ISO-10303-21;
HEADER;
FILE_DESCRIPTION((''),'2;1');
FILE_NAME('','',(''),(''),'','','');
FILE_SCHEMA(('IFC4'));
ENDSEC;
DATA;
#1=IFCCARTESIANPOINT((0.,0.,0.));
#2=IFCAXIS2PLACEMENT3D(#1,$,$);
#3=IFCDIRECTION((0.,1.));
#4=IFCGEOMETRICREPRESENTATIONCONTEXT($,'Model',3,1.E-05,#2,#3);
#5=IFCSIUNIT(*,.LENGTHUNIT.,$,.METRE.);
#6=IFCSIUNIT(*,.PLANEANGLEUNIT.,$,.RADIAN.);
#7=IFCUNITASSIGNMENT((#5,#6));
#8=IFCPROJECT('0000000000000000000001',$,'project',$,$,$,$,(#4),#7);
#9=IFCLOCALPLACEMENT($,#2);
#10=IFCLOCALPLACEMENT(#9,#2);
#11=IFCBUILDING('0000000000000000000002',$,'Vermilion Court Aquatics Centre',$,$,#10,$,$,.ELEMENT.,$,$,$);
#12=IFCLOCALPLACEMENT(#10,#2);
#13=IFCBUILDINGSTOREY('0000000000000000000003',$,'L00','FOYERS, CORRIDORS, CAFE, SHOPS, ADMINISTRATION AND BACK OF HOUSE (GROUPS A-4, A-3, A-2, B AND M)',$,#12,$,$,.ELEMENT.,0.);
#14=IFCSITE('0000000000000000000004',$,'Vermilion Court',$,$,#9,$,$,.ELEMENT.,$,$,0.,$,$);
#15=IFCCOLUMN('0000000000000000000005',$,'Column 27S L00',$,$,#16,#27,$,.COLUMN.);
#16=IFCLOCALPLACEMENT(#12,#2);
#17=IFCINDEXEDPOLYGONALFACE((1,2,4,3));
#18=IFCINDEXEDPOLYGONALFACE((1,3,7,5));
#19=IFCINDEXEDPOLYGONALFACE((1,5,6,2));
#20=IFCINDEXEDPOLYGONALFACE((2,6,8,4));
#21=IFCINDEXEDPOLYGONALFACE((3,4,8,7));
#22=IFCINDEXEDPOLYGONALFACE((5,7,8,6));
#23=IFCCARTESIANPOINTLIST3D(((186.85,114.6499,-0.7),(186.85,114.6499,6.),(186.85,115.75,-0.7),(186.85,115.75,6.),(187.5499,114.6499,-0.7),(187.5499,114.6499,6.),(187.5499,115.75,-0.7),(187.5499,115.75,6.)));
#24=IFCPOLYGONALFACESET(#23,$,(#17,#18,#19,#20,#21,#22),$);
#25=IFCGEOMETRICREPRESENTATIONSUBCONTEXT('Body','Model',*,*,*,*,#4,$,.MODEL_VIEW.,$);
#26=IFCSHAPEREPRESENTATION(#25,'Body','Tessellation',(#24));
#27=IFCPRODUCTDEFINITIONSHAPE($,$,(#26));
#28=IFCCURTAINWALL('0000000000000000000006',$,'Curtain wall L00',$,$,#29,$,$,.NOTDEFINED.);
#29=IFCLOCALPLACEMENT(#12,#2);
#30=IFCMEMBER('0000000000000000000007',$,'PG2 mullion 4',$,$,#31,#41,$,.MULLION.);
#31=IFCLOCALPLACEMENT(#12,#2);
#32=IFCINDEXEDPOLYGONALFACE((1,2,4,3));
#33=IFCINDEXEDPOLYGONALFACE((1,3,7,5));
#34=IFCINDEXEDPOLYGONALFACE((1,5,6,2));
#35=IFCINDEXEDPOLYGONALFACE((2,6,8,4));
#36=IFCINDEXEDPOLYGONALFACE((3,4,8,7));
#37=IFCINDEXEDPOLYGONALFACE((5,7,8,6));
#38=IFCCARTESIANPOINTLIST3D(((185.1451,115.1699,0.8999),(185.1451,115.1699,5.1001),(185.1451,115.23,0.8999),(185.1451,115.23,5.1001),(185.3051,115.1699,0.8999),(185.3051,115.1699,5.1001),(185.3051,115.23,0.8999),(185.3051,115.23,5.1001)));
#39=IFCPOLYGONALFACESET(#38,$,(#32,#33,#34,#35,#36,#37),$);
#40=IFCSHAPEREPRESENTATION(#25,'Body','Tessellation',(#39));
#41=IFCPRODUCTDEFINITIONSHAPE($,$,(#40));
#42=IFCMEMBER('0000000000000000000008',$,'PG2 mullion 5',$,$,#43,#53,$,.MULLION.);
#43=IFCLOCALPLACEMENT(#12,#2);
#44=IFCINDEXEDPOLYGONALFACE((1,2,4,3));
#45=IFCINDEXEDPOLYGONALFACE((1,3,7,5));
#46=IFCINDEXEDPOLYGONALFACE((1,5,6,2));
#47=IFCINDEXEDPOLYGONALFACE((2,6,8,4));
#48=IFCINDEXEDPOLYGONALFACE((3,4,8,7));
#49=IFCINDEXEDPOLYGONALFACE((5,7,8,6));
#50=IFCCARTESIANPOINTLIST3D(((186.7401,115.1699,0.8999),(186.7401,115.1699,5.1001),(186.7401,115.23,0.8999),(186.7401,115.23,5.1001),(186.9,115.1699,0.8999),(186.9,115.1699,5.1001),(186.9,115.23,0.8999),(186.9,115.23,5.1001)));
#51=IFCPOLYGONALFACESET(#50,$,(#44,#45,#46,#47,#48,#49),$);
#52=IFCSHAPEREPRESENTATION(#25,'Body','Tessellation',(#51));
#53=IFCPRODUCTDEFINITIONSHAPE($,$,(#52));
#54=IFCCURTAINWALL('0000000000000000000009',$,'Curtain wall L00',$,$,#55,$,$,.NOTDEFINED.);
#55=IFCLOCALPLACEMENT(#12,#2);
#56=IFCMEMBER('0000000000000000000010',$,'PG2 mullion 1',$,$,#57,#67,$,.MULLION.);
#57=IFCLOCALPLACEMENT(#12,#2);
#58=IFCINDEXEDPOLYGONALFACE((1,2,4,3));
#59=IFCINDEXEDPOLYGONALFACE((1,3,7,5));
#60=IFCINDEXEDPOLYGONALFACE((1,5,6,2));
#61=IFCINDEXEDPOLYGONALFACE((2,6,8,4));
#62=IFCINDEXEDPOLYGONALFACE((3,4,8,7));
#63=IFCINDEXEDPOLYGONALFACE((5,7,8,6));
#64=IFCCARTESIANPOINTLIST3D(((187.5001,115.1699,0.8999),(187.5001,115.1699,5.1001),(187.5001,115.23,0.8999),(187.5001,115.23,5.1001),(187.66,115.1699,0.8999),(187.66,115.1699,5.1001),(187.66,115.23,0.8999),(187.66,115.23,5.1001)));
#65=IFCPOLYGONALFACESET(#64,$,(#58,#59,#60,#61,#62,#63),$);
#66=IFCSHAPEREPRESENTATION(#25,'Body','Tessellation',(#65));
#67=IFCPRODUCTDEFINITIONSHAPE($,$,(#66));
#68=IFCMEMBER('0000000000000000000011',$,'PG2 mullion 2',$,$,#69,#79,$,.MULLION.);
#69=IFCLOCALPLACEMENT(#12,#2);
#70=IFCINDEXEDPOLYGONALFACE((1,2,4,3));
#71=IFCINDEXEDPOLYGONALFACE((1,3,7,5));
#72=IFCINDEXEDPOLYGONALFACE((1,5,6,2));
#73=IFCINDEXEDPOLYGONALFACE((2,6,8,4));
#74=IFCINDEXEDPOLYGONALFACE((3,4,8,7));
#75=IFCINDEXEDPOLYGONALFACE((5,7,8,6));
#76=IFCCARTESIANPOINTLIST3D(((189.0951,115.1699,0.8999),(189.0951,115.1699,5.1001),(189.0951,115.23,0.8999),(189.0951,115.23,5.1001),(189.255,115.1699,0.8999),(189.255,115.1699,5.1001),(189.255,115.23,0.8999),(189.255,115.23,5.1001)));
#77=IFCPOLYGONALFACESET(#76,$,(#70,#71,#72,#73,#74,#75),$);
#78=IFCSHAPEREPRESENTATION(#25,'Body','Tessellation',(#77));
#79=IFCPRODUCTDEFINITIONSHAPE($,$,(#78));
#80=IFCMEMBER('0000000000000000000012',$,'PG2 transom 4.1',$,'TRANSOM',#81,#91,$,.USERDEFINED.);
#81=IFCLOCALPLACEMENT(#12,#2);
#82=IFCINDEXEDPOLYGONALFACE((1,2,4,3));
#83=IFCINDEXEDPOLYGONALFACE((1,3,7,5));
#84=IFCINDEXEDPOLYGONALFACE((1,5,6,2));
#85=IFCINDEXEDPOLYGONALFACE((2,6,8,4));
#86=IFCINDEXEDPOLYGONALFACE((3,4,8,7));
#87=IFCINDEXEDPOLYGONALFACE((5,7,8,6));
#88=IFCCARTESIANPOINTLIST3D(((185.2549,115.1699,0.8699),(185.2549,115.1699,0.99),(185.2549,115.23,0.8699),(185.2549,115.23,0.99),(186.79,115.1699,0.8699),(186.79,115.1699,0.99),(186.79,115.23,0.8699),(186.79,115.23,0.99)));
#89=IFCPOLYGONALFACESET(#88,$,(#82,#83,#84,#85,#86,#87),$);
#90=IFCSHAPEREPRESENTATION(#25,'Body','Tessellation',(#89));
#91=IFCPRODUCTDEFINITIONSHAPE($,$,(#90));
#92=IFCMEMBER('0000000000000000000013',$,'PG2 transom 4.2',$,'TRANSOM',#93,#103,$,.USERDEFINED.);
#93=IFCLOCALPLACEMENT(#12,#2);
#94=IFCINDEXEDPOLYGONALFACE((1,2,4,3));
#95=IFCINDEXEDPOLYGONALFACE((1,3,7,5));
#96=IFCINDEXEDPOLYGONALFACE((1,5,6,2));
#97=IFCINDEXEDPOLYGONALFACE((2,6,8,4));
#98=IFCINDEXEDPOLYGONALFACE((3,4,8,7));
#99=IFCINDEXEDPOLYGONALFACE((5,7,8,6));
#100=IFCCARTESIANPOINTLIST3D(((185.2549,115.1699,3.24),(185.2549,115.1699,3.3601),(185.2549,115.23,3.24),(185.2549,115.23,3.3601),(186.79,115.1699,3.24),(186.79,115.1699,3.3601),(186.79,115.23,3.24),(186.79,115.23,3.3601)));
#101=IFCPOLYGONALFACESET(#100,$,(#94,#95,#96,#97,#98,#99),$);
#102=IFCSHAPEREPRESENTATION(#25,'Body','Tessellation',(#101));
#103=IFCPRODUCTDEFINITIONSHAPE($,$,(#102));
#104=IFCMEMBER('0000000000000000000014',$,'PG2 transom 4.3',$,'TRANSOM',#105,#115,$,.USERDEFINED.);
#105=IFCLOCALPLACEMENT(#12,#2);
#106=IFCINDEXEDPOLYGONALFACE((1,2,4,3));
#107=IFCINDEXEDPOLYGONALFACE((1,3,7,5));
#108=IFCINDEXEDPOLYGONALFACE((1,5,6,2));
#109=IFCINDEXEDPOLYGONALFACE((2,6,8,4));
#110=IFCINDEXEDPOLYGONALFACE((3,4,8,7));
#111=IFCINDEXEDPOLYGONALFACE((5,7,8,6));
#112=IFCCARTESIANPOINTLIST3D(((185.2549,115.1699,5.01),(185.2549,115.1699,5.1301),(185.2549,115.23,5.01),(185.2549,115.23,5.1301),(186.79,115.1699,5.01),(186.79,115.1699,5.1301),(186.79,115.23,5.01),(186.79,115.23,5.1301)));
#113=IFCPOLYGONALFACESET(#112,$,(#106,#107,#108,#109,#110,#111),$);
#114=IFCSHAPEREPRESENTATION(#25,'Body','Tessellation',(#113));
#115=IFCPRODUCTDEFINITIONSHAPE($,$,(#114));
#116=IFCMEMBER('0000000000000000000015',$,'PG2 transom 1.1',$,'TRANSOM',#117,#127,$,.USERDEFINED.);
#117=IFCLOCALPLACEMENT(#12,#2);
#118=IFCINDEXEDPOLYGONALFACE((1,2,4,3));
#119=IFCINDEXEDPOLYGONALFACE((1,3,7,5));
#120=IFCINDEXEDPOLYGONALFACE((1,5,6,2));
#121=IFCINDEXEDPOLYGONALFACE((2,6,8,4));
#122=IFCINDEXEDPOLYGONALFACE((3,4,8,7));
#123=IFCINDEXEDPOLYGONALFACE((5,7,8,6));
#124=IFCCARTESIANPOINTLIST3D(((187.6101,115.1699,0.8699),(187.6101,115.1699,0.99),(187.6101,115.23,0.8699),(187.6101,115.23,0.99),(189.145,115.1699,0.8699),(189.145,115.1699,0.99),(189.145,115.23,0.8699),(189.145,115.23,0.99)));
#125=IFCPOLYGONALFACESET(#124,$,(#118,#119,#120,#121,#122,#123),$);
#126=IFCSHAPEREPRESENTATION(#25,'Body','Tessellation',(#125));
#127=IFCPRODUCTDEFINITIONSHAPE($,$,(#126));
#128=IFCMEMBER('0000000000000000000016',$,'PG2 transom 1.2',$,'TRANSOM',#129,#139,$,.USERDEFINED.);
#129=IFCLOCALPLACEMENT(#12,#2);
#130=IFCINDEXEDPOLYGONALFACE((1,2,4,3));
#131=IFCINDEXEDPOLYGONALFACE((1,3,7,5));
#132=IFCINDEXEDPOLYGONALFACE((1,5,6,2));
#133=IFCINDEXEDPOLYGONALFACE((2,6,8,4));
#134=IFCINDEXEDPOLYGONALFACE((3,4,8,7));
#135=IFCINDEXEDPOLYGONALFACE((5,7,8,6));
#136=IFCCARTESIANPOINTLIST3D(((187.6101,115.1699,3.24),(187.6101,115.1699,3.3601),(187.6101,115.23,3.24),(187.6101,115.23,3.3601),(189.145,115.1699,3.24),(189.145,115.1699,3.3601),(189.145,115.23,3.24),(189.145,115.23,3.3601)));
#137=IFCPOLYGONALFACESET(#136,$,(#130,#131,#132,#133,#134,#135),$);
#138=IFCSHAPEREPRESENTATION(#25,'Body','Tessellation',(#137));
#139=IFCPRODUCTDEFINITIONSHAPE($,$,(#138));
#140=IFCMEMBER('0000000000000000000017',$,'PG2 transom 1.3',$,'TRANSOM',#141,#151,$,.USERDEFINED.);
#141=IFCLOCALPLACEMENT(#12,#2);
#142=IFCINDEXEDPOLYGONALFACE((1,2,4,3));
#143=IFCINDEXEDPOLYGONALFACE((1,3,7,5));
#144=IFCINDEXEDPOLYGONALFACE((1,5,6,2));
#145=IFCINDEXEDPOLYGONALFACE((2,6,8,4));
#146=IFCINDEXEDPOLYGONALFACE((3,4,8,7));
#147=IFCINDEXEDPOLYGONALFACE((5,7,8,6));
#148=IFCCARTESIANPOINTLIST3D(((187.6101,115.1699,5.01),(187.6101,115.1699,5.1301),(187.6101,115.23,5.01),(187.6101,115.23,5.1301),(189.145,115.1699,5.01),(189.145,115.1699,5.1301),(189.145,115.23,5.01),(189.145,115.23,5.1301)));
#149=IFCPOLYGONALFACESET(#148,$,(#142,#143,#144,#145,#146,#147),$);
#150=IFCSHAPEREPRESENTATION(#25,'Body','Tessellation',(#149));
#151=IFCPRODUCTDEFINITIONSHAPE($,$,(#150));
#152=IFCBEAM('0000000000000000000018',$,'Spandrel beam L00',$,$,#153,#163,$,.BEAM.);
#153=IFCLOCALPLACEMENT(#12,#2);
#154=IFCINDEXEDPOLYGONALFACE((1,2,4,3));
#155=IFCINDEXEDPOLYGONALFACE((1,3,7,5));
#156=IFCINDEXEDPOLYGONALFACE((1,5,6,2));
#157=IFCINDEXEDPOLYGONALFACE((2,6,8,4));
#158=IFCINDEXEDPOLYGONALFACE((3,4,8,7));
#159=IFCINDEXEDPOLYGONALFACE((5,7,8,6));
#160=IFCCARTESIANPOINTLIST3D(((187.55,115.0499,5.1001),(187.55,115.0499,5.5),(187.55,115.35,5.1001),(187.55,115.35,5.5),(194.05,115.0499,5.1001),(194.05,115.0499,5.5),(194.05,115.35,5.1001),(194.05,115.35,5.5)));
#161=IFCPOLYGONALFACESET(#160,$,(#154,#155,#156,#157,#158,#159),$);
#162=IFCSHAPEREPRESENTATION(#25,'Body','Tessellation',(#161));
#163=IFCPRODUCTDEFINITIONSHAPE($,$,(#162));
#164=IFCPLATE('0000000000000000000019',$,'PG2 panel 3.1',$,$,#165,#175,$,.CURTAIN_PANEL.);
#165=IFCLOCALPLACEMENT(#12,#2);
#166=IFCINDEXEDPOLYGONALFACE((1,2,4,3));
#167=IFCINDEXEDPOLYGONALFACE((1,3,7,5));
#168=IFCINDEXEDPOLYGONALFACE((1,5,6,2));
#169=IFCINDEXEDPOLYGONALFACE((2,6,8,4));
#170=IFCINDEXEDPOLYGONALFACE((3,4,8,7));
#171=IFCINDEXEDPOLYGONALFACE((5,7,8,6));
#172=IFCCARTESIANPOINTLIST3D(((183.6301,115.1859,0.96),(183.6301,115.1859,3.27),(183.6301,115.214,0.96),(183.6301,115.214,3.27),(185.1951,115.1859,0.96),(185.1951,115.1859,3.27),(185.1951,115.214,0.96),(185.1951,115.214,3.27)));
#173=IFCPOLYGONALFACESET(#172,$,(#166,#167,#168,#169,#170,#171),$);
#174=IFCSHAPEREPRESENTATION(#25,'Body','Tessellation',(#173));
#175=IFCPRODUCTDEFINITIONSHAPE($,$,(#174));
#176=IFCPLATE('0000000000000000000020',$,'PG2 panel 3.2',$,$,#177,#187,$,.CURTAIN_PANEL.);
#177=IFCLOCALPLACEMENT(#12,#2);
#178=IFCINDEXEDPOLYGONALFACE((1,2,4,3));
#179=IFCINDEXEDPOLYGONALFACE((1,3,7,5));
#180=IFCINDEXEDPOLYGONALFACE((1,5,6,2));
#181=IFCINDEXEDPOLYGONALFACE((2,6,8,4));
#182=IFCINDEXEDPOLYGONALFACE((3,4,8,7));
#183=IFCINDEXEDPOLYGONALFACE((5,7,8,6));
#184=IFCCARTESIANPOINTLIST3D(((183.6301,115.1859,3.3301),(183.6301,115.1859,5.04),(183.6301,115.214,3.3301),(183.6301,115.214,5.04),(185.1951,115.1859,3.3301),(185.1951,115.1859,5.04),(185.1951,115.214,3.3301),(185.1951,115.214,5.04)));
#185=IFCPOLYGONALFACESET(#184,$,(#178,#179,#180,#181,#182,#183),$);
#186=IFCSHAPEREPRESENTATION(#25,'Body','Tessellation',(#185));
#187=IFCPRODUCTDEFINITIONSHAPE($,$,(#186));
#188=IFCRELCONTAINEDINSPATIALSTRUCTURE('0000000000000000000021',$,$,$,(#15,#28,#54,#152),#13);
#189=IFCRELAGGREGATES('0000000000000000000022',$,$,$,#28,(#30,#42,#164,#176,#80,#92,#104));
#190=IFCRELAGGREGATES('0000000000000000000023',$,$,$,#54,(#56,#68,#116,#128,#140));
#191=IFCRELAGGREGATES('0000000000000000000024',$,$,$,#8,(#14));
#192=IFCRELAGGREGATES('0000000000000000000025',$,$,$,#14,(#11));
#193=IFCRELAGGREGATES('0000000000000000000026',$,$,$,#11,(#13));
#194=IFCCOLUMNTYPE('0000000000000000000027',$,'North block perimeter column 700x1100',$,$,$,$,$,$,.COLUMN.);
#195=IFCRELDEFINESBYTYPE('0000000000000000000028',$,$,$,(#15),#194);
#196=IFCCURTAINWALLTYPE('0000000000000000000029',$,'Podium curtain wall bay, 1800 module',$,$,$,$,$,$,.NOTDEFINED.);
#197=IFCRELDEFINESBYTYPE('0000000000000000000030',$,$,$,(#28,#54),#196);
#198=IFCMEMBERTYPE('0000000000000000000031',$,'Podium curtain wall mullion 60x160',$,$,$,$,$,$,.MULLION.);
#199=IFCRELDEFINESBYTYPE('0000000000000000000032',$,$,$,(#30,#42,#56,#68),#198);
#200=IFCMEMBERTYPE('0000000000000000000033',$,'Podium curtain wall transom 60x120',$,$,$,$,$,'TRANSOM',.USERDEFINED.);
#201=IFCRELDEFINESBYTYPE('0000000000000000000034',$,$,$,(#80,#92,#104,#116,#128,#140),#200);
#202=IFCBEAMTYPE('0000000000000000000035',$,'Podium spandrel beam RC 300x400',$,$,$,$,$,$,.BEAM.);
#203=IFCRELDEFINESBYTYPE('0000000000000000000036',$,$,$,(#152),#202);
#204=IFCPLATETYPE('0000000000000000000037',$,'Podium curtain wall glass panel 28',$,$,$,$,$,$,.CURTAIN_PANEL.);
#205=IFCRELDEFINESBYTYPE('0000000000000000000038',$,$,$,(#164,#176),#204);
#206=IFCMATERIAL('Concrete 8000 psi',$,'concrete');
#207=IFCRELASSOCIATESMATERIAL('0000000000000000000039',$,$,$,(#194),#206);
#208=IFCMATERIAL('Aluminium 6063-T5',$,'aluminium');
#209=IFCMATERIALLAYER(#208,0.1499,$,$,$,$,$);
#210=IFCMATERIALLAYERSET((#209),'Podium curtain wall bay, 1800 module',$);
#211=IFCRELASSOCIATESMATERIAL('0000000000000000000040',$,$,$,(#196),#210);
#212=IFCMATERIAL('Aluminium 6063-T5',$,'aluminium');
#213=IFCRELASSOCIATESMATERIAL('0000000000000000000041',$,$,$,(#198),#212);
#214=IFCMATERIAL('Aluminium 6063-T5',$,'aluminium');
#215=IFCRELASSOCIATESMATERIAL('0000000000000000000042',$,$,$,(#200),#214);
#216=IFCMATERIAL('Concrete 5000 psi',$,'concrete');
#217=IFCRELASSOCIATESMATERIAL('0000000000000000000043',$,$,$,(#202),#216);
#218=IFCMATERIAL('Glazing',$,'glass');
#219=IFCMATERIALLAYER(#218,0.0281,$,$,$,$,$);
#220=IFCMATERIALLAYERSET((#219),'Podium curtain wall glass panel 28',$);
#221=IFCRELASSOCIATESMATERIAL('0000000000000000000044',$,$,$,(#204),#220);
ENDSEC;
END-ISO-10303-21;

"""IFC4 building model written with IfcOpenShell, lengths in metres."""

from ifc_helpers import new_model, si_unit, direction, frame, origin, origin_2d, place, context, subcontext, project, spatial, rectangle, extrude, material, layer, layer_set, material_profile, profile_set, type_object, element, aggregate, save


model = new_model("IFC4")

# Units and contexts
model_context = context("Model", 3, precision=1e-05, world=origin(), true_north=direction((0.0, 1.0)))
body_context = subcontext(model_context, "Body", "Model", "MODEL_VIEW")
ifc_project = project(units=[si_unit("LENGTHUNIT", "METRE"), si_unit("PLANEANGLEUNIT", "RADIAN")], contexts=[model_context])

# Site, building, storey
site_placement = place(None, origin())
site = spatial("IfcSite", under=ifc_project, at=site_placement, Name="Vermilion Court", CompositionType="ELEMENT", RefElevation=0.0)
building_placement = place(site_placement, origin())
building = spatial("IfcBuilding", under=site, at=building_placement, Name="Vermilion Court Aquatics Centre", CompositionType="ELEMENT")
storey_placement = place(building_placement, origin())
storey = spatial("IfcBuildingStorey", under=building, at=storey_placement, Name="L00", Description="FOYERS, CORRIDORS, CAFE, SHOPS, ADMINISTRATION AND BACK OF HOUSE (GROUPS A-4, A-3, A-2, B AND M)", CompositionType="ELEMENT", Elevation=0.0)

# Column
ifc_material_1 = material(Name="Concrete 8000 psi", Category="concrete")
ifc_material_profile_1 = material_profile(ifc_material_1, rectangle(XDim=0.7, YDim=1.1001, at=origin_2d()), Name="RC 700x1100")
ifc_profile_set_1 = profile_set([ifc_material_profile_1], Name="Concrete 8000 psi")
column_type = type_object("IfcColumnType", Name="North block perimeter column 700x1100", PredefinedType="COLUMN", material=ifc_profile_set_1)
column_placement = place(storey_placement, frame((187.2, 115.2, -0.7), z_axis=(0.0, 0.0, 1.0), x_axis=(1.0, 0.0, 0.0)))
element("IfcColumn", 1, at=column_placement, inside=storey, type_object=column_type, Name="Column 27S L00", PredefinedType="COLUMN", context=body_context, shape_type="SweptSolid", body=[
    extrude(rectangle(XDim=0.7, YDim=1.1001, at=origin_2d()), origin(), (0.0, 0.0, 1.0), 6.7),
])

# Curtain walls, members
ifc_material_2 = material(Name="Aluminium 6063-T5", Category="aluminium")
ifc_layer_1 = layer(ifc_material_2, 0.1499)
ifc_layer_set_1 = layer_set([ifc_layer_1], Name="Podium curtain wall bay, 1800 module")
curtain_wall_type = type_object("IfcCurtainWallType", Name="Podium curtain wall bay, 1800 module", PredefinedType="NOTDEFINED", material=ifc_layer_set_1)
curtain_wall_1_placement = place(storey_placement, origin())
curtain_wall_1 = element("IfcCurtainWall", 2, at=curtain_wall_1_placement, inside=storey, type_object=curtain_wall_type, Name="Curtain wall L00", PredefinedType="NOTDEFINED")
ifc_material_3 = material(Name="Aluminium 6063-T5", Category="aluminium")
ifc_material_profile_2 = material_profile(ifc_material_3, rectangle(XDim=0.0601, YDim=0.1599, at=origin_2d()), Name="Mullion 60x160")
ifc_profile_set_2 = profile_set([ifc_material_profile_2], Name="Aluminium 6063-T5")
member_type_1 = type_object("IfcMemberType", Name="Podium curtain wall mullion 60x160", PredefinedType="MULLION", material=ifc_profile_set_2)
member_1_placement = place(storey_placement, frame((185.2251, 115.2, 0.8999), z_axis=(0.0, 0.0, 1.0), x_axis=(0.0, 1.0, 0.0)))
member_1 = element("IfcMember", 3, at=member_1_placement, type_object=member_type_1, Name="PG2 mullion 4", PredefinedType="MULLION", context=body_context, shape_type="SweptSolid", body=[
    extrude(rectangle(XDim=0.0601, YDim=0.1599, at=origin_2d()), origin(), (0.0, 0.0, 1.0), 4.2002),
])
member_2_placement = place(storey_placement, frame((186.8201, 115.2, 0.8999), z_axis=(0.0, 0.0, 1.0), x_axis=(0.0, 1.0, 0.0)))
member_2 = element("IfcMember", 4, at=member_2_placement, type_object=member_type_1, Name="PG2 mullion 5", PredefinedType="MULLION", context=body_context, shape_type="SweptSolid", body=[
    extrude(rectangle(XDim=0.0601, YDim=0.1599, at=origin_2d()), origin(), (0.0, 0.0, 1.0), 4.2002),
])
curtain_wall_2_placement = place(storey_placement, origin())
curtain_wall_2 = element("IfcCurtainWall", 5, at=curtain_wall_2_placement, inside=storey, type_object=curtain_wall_type, Name="Curtain wall L00", PredefinedType="NOTDEFINED")
member_3_placement = place(storey_placement, frame((187.5801, 115.2, 0.8999), z_axis=(0.0, 0.0, 1.0), x_axis=(0.0, 1.0, 0.0)))
member_3 = element("IfcMember", 6, at=member_3_placement, type_object=member_type_1, Name="PG2 mullion 1", PredefinedType="MULLION", context=body_context, shape_type="SweptSolid", body=[
    extrude(rectangle(XDim=0.0601, YDim=0.1599, at=origin_2d()), origin(), (0.0, 0.0, 1.0), 4.2002),
])
member_4_placement = place(storey_placement, frame((189.175, 115.2, 0.8999), z_axis=(0.0, 0.0, 1.0), x_axis=(0.0, 1.0, 0.0)))
member_4 = element("IfcMember", 7, at=member_4_placement, type_object=member_type_1, Name="PG2 mullion 2", PredefinedType="MULLION", context=body_context, shape_type="SweptSolid", body=[
    extrude(rectangle(XDim=0.0601, YDim=0.1599, at=origin_2d()), origin(), (0.0, 0.0, 1.0), 4.2002),
])

# Members
ifc_material_4 = material(Name="Aluminium 6063-T5", Category="aluminium")
ifc_material_profile_3 = material_profile(ifc_material_4, rectangle(XDim=0.0601, YDim=0.1201, at=origin_2d()), Name="Transom 60x120")
ifc_profile_set_3 = profile_set([ifc_material_profile_3], Name="Aluminium 6063-T5")
member_type_2 = type_object("IfcMemberType", Name="Podium curtain wall transom 60x120", ElementType="TRANSOM", PredefinedType="USERDEFINED", material=ifc_profile_set_3)
member_5_placement = place(storey_placement, frame((185.2549, 115.2, 0.9299), z_axis=(1.0, 0.0, 0.0), x_axis=(0.0, 1.0, 0.0)))
member_5 = element("IfcMember", 8, at=member_5_placement, type_object=member_type_2, Name="PG2 transom 4.1", ObjectType="TRANSOM", PredefinedType="USERDEFINED", context=body_context, shape_type="SweptSolid", body=[
    extrude(rectangle(XDim=0.0601, YDim=0.1201, at=origin_2d()), origin(), (0.0, 0.0, 1.0), 1.5352),
])
member_6_placement = place(storey_placement, frame((185.2549, 115.2, 3.3), z_axis=(1.0, 0.0, 0.0), x_axis=(0.0, 1.0, 0.0)))
member_6 = element("IfcMember", 9, at=member_6_placement, type_object=member_type_2, Name="PG2 transom 4.2", ObjectType="TRANSOM", PredefinedType="USERDEFINED", context=body_context, shape_type="SweptSolid", body=[
    extrude(rectangle(XDim=0.0601, YDim=0.1201, at=origin_2d()), origin(), (0.0, 0.0, 1.0), 1.5352),
])
member_7_placement = place(storey_placement, frame((185.2549, 115.2, 5.0701), z_axis=(1.0, 0.0, 0.0), x_axis=(0.0, 1.0, 0.0)))
member_7 = element("IfcMember", 10, at=member_7_placement, type_object=member_type_2, Name="PG2 transom 4.3", ObjectType="TRANSOM", PredefinedType="USERDEFINED", context=body_context, shape_type="SweptSolid", body=[
    extrude(rectangle(XDim=0.0601, YDim=0.1201, at=origin_2d()), origin(), (0.0, 0.0, 1.0), 1.5352),
])
member_8_placement = place(storey_placement, frame((187.6101, 115.2, 0.9299), z_axis=(1.0, 0.0, 0.0), x_axis=(0.0, 1.0, 0.0)))
member_8 = element("IfcMember", 11, at=member_8_placement, type_object=member_type_2, Name="PG2 transom 1.1", ObjectType="TRANSOM", PredefinedType="USERDEFINED", context=body_context, shape_type="SweptSolid", body=[
    extrude(rectangle(XDim=0.0601, YDim=0.1201, at=origin_2d()), origin(), (0.0, 0.0, 1.0), 1.5349),
])
member_9_placement = place(storey_placement, frame((187.6101, 115.2, 3.3), z_axis=(1.0, 0.0, 0.0), x_axis=(0.0, 1.0, 0.0)))
member_9 = element("IfcMember", 12, at=member_9_placement, type_object=member_type_2, Name="PG2 transom 1.2", ObjectType="TRANSOM", PredefinedType="USERDEFINED", context=body_context, shape_type="SweptSolid", body=[
    extrude(rectangle(XDim=0.0601, YDim=0.1201, at=origin_2d()), origin(), (0.0, 0.0, 1.0), 1.5349),
])
member_10_placement = place(storey_placement, frame((187.6101, 115.2, 5.0701), z_axis=(1.0, 0.0, 0.0), x_axis=(0.0, 1.0, 0.0)))
member_10 = element("IfcMember", 13, at=member_10_placement, type_object=member_type_2, Name="PG2 transom 1.3", ObjectType="TRANSOM", PredefinedType="USERDEFINED", context=body_context, shape_type="SweptSolid", body=[
    extrude(rectangle(XDim=0.0601, YDim=0.1201, at=origin_2d()), origin(), (0.0, 0.0, 1.0), 1.5349),
])

# Beam
ifc_material_5 = material(Name="Concrete 5000 psi", Category="concrete")
ifc_material_profile_4 = material_profile(ifc_material_5, rectangle(XDim=0.3, YDim=0.3999, at=origin_2d()), Name="RC 300x400")
ifc_profile_set_4 = profile_set([ifc_material_profile_4], Name="Concrete 5000 psi")
beam_type = type_object("IfcBeamType", Name="Podium spandrel beam RC 300x400", PredefinedType="BEAM", material=ifc_profile_set_4)
beam_placement = place(storey_placement, frame((187.55, 115.2, 5.3), z_axis=(1.0, 0.0, 0.0), x_axis=(0.0, 1.0, 0.0)))
element("IfcBeam", 14, at=beam_placement, inside=storey, type_object=beam_type, Name="Spandrel beam L00", PredefinedType="BEAM", context=body_context, shape_type="SweptSolid", body=[
    extrude(rectangle(XDim=0.3, YDim=0.3999, at=origin_2d()), origin(), (0.0, 0.0, 1.0), 6.5),
])

# Plates
ifc_material_6 = material(Name="Glazing", Category="glass")
ifc_layer_2 = layer(ifc_material_6, 0.0281)
ifc_layer_set_2 = layer_set([ifc_layer_2], Name="Podium curtain wall glass panel 28")
plate_type = type_object("IfcPlateType", Name="Podium curtain wall glass panel 28", PredefinedType="CURTAIN_PANEL", material=ifc_layer_set_2)
plate_1_placement = place(storey_placement, frame((184.4126, 115.2, 0.96), z_axis=(0.0, 0.0, 1.0), x_axis=(1.0, 0.0, 0.0)))
plate_1 = element("IfcPlate", 15, at=plate_1_placement, type_object=plate_type, Name="PG2 panel 3.1", PredefinedType="CURTAIN_PANEL", context=body_context, shape_type="SweptSolid", body=[
    extrude(rectangle(XDim=1.5649, YDim=0.0281, at=origin_2d()), origin(), (0.0, 0.0, 1.0), 2.3101),
])
plate_2_placement = place(storey_placement, frame((184.4126, 115.2, 3.3301), z_axis=(0.0, 0.0, 1.0), x_axis=(1.0, 0.0, 0.0)))
plate_2 = element("IfcPlate", 16, at=plate_2_placement, type_object=plate_type, Name="PG2 panel 3.2", PredefinedType="CURTAIN_PANEL", context=body_context, shape_type="SweptSolid", body=[
    extrude(rectangle(XDim=1.5649, YDim=0.0281, at=origin_2d()), origin(), (0.0, 0.0, 1.0), 1.71),
])
aggregate(curtain_wall_1, [member_1, member_2, plate_1, plate_2, member_5, member_6, member_7])
aggregate(curtain_wall_2, [member_3, member_4, member_8, member_9, member_10])

save(model, "model.ifc")
